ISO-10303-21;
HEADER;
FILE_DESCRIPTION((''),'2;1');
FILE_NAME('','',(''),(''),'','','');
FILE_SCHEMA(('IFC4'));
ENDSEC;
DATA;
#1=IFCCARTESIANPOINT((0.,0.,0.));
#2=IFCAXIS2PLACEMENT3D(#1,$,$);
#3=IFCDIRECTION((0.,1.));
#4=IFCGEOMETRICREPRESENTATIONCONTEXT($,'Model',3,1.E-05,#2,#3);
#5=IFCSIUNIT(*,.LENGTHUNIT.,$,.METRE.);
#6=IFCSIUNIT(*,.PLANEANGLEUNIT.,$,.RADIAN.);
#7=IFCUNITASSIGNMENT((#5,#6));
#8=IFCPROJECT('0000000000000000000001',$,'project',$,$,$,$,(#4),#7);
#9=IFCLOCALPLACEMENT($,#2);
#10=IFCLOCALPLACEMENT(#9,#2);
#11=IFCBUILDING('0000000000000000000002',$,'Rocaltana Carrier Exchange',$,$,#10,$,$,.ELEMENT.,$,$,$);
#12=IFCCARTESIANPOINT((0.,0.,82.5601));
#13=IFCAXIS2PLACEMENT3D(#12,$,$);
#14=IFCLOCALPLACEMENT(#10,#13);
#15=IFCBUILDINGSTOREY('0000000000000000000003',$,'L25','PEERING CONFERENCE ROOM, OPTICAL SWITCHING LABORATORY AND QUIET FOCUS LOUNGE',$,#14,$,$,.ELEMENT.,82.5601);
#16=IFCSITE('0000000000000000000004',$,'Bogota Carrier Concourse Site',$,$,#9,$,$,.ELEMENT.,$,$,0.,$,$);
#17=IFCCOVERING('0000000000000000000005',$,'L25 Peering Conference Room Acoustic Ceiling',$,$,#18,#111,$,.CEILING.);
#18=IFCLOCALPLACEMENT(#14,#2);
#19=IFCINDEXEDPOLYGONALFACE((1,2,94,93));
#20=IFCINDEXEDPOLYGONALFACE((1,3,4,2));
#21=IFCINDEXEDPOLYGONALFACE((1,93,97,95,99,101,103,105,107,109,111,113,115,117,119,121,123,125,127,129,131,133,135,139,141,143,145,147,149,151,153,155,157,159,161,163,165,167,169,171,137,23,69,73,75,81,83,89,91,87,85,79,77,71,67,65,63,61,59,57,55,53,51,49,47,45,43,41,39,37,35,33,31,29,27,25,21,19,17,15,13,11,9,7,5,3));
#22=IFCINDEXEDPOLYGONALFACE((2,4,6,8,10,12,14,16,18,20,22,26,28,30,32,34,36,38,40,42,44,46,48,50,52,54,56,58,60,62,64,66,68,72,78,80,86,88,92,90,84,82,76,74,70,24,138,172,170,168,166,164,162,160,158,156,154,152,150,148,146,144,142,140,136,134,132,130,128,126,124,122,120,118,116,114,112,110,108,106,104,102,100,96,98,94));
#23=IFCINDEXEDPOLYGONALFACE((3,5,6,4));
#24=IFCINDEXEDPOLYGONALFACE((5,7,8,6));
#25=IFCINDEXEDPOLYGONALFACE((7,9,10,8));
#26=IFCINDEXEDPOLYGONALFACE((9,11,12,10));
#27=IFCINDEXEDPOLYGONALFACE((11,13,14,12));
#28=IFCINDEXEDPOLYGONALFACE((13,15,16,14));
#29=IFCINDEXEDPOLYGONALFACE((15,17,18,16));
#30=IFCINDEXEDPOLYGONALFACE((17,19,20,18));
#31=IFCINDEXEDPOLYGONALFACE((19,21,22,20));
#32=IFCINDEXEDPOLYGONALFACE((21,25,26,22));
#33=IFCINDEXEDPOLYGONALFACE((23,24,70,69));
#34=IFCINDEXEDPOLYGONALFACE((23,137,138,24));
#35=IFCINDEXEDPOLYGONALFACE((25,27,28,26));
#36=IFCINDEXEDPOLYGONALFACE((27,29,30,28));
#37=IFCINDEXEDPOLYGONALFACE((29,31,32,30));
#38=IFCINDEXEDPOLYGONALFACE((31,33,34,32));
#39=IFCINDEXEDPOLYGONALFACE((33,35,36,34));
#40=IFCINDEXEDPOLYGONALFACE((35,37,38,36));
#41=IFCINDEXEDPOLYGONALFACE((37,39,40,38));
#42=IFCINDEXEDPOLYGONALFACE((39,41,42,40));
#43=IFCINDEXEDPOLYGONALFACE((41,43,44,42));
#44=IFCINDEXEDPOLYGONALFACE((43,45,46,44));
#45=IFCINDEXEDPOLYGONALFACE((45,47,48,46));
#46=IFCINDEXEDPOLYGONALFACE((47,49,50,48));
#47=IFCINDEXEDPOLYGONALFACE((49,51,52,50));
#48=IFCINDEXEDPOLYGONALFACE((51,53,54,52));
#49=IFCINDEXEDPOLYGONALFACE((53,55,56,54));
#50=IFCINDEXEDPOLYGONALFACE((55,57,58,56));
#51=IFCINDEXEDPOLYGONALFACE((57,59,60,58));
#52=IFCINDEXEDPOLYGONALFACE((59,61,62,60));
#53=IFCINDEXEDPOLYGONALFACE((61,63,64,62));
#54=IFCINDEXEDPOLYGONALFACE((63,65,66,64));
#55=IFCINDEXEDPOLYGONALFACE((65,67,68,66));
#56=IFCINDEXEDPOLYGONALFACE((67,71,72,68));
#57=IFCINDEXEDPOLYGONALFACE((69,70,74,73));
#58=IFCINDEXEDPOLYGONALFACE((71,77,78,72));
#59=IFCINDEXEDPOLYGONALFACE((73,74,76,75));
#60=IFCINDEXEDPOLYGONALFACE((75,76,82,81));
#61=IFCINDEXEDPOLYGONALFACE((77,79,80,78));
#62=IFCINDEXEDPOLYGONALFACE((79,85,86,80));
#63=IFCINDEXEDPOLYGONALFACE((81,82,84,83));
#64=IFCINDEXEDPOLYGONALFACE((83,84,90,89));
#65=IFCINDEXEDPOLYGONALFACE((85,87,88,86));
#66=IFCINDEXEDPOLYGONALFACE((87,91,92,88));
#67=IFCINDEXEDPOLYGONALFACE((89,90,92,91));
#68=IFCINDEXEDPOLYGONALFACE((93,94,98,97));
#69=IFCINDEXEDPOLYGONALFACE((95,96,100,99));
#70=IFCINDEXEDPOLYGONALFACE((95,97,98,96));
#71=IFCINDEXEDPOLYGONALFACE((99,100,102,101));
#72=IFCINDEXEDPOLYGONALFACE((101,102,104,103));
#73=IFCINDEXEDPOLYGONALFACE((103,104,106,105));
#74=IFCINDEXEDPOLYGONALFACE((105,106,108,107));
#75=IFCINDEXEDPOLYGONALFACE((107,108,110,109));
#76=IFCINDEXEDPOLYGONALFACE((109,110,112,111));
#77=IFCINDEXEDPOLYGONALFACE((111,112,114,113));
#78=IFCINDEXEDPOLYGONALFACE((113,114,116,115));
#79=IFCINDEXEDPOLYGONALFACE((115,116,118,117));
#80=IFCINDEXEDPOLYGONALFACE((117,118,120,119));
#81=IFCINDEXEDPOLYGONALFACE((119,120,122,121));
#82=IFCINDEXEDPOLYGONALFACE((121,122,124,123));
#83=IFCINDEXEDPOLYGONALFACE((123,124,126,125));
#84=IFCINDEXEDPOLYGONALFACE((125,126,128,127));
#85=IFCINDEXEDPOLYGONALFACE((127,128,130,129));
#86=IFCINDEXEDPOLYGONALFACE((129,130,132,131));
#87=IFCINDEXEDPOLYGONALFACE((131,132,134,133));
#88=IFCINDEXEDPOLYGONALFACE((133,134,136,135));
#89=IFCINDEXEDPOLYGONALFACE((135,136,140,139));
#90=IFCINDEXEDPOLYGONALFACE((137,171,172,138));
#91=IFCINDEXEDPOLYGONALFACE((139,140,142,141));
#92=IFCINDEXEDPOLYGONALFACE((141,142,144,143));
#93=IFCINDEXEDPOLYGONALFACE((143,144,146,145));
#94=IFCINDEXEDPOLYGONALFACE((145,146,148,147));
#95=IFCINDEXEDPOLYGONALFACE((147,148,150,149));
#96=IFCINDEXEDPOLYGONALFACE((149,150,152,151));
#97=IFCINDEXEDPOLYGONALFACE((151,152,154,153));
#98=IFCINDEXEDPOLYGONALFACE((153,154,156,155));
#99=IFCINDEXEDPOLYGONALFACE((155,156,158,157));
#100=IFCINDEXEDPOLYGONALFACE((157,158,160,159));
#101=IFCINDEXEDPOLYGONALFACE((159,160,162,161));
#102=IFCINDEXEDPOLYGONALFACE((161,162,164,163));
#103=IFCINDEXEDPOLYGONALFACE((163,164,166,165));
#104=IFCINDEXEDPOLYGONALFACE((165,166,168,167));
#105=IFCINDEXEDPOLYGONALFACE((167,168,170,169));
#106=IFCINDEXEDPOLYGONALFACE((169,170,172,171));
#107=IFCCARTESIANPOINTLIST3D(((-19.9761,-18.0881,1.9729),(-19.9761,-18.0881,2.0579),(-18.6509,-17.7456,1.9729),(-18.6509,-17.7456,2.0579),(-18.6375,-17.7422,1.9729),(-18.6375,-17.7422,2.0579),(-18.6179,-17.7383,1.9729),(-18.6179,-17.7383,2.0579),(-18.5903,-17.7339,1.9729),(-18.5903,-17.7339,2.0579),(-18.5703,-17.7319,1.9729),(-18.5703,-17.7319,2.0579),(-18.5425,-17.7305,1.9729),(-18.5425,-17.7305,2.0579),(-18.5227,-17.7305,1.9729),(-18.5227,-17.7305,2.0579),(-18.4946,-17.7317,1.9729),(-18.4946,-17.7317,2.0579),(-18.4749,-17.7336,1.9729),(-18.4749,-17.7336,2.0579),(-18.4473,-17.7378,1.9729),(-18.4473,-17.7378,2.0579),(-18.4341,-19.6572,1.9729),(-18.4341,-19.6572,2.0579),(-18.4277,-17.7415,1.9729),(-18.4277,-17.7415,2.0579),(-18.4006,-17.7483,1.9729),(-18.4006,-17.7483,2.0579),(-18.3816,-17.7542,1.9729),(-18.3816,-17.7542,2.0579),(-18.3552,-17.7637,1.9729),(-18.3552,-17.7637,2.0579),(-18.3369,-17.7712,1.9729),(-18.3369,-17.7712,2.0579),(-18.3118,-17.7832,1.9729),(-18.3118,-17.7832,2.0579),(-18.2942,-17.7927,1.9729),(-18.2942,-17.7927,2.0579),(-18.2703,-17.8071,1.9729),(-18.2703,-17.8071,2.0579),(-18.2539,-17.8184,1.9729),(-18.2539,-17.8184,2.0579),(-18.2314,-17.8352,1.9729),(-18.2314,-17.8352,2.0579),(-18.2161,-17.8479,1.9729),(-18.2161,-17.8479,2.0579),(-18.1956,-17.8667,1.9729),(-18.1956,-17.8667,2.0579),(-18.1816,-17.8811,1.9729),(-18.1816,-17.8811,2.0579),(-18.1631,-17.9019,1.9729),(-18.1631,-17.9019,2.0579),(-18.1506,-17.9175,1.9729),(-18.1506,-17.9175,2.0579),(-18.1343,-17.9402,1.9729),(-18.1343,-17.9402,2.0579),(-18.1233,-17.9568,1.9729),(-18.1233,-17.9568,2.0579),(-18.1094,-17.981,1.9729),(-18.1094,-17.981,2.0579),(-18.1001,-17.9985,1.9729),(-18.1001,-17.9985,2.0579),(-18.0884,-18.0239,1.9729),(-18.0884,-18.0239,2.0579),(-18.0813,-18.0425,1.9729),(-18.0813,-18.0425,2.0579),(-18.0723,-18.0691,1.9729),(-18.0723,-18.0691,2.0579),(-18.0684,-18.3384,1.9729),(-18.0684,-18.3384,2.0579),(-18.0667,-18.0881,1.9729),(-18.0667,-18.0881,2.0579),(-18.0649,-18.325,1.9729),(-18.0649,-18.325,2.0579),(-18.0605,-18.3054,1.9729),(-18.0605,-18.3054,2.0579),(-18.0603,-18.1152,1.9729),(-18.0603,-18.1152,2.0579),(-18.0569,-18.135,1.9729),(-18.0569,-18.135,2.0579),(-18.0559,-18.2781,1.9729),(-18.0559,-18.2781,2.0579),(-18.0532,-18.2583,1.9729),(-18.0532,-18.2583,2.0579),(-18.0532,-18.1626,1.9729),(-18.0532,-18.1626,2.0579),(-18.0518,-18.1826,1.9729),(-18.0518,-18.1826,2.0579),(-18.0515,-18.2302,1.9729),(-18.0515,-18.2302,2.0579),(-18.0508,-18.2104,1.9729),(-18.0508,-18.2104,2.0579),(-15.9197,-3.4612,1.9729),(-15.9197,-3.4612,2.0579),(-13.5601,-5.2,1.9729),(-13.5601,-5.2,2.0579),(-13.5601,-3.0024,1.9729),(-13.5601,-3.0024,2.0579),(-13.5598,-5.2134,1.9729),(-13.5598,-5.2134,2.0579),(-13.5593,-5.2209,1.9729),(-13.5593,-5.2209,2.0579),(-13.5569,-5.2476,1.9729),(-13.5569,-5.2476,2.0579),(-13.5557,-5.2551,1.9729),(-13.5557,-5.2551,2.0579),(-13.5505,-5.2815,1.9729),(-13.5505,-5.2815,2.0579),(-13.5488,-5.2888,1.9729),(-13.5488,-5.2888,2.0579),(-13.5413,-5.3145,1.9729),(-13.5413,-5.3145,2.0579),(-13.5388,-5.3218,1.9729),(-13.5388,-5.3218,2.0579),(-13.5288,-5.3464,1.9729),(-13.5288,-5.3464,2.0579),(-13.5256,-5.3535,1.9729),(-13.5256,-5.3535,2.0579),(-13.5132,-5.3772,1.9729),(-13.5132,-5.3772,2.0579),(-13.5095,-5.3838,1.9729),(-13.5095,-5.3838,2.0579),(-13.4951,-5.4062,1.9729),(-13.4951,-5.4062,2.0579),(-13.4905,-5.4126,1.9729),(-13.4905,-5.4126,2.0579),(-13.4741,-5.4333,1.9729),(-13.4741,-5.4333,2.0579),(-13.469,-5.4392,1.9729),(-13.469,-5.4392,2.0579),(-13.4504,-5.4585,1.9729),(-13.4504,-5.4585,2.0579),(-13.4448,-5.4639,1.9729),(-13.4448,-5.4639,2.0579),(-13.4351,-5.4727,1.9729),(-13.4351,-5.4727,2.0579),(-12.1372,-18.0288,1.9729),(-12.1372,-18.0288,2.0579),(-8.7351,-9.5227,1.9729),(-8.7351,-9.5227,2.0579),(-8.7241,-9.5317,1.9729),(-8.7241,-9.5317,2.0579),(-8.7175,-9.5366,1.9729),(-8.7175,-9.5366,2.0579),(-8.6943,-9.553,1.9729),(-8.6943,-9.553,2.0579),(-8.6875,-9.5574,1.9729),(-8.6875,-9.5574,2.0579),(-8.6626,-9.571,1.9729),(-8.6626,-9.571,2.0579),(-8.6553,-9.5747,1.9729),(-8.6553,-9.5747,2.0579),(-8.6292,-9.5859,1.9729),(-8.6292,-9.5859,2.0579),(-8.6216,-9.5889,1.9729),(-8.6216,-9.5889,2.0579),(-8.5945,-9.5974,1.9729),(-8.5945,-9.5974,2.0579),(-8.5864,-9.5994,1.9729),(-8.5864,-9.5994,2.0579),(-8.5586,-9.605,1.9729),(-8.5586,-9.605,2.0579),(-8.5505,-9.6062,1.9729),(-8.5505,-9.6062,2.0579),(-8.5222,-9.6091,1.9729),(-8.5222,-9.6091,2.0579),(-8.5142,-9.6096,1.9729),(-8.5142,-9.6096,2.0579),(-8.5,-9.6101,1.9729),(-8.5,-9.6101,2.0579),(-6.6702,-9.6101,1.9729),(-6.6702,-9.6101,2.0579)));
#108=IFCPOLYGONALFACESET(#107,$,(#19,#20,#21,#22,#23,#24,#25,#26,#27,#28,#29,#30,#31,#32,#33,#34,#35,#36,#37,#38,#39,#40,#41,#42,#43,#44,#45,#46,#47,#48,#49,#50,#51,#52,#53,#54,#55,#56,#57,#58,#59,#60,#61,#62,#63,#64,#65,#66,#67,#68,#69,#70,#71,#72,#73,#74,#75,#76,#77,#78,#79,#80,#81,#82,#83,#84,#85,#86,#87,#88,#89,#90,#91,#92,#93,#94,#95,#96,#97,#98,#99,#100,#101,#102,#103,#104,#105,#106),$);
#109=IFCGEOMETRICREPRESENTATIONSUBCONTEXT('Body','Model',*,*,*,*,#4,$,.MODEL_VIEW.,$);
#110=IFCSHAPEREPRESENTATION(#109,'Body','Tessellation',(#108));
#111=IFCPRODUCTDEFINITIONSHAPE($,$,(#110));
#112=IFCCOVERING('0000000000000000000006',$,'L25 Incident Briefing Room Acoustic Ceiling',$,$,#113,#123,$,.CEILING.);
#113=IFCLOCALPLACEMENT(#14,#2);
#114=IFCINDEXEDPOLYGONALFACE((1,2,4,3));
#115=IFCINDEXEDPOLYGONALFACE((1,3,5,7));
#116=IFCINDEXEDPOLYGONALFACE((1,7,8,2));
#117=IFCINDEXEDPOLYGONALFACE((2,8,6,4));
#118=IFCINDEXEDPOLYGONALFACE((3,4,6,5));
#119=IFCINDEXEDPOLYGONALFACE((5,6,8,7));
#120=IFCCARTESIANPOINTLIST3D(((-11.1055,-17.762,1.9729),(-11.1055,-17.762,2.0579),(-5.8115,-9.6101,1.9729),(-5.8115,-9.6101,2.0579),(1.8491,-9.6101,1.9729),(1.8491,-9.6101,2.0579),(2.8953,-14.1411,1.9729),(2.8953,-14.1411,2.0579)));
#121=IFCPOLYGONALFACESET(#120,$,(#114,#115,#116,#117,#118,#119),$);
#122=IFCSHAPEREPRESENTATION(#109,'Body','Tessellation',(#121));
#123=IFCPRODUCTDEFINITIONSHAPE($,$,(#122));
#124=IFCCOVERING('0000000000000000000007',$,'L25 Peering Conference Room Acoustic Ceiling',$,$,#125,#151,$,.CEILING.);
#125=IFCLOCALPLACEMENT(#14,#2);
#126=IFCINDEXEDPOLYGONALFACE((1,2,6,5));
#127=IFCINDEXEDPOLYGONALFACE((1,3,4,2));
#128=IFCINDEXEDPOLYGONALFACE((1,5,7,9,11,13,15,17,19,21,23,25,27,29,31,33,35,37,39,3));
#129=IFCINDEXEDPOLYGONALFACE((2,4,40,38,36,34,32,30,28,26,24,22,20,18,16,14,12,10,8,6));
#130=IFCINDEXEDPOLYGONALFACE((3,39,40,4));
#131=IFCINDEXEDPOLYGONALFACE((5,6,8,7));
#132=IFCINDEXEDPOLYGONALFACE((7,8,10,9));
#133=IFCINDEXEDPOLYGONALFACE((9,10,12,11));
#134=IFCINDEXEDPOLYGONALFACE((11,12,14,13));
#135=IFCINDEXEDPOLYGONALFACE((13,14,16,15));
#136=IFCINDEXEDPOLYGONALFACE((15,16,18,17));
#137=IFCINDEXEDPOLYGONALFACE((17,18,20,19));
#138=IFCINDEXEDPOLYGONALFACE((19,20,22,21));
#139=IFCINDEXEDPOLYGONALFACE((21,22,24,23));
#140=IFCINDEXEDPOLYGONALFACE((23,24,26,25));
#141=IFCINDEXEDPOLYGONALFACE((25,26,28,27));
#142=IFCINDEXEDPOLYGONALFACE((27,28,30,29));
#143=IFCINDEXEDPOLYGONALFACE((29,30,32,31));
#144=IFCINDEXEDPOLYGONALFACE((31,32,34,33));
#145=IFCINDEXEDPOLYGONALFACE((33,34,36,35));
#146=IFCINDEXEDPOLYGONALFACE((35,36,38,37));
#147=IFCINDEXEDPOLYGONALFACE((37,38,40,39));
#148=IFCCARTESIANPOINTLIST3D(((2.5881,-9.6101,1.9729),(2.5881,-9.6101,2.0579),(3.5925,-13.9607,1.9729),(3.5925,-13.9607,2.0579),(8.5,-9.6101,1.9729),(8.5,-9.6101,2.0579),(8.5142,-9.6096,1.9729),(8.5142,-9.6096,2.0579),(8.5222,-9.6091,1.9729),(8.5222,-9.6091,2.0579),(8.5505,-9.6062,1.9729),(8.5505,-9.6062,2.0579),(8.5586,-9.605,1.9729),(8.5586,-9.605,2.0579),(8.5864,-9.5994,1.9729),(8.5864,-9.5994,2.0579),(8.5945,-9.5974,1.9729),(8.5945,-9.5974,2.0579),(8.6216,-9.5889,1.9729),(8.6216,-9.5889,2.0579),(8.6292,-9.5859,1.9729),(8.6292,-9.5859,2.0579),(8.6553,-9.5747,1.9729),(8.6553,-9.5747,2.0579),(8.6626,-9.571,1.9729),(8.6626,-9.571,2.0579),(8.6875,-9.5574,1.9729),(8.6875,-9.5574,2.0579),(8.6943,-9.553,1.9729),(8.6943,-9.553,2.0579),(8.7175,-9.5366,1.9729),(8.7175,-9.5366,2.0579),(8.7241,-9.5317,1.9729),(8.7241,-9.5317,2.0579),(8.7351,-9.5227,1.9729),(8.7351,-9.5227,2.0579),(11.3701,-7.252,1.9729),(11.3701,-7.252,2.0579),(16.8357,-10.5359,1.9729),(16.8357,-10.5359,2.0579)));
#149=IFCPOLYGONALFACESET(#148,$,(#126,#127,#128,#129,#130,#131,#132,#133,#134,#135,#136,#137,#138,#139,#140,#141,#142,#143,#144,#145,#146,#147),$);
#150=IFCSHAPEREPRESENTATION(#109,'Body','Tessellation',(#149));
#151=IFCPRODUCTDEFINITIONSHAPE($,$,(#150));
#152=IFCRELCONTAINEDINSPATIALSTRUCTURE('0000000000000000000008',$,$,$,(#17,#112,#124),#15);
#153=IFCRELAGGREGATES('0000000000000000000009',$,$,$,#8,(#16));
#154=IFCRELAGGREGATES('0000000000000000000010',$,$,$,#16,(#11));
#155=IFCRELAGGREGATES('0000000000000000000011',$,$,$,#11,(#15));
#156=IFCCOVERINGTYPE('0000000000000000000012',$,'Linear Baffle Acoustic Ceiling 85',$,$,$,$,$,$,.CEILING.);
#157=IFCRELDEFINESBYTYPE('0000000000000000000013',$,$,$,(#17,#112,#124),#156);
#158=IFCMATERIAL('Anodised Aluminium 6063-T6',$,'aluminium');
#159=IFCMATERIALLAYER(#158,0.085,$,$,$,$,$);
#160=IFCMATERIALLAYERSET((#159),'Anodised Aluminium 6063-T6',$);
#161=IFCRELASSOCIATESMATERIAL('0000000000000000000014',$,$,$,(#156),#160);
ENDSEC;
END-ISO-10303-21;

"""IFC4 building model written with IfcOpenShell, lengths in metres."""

from ifc_helpers import new_model, si_unit, direction, frame, origin, place, context, subcontext, project, spatial, polyline, outline, extrude, material, layer, layer_set, type_object, element, save


model = new_model("IFC4")

# Units and contexts
model_context = context("Model", 3, precision=1e-05, world=origin(), true_north=direction((0.0, 1.0)))
body_context = subcontext(model_context, "Body", "Model", "MODEL_VIEW")
ifc_project = project(units=[si_unit("LENGTHUNIT", "METRE"), si_unit("PLANEANGLEUNIT", "RADIAN")], contexts=[model_context])

# Site, building, storey
site_placement = place(None, origin())
site = spatial("IfcSite", under=ifc_project, at=site_placement, Name="Bogota Carrier Concourse Site", CompositionType="ELEMENT", RefElevation=0.0)
building_placement = place(site_placement, origin())
building = spatial("IfcBuilding", under=site, at=building_placement, Name="Rocaltana Carrier Exchange", CompositionType="ELEMENT")
storey_placement = place(building_placement, frame((0.0, 0.0, 82.5601)))
storey = spatial("IfcBuildingStorey", under=building, at=storey_placement, Name="L25", Description="PEERING CONFERENCE ROOM, OPTICAL SWITCHING LABORATORY AND QUIET FOCUS LOUNGE", CompositionType="ELEMENT", Elevation=82.5601)

# Coverings
ifc_material_1 = material(Name="Anodised Aluminium 6063-T6", Category="aluminium")
ifc_layer_1 = layer(ifc_material_1, 0.085)
ifc_layer_set_1 = layer_set([ifc_layer_1], Name="Anodised Aluminium 6063-T6")
covering_type_1 = type_object("IfcCoveringType", Name="Linear Baffle Acoustic Ceiling 85", PredefinedType="CEILING", material=ifc_layer_set_1)
covering_1_placement = place(storey_placement, frame((0.0, 0.0, 1.9729)))
element("IfcCovering", 1, at=covering_1_placement, inside=storey, type_object=covering_type_1, Name="L25 Peering Conference Room Acoustic Ceiling", PredefinedType="CEILING", context=body_context, shape_type="SweptSolid", body=[
    extrude(outline(polyline([(-18.0684, -18.3384), (-18.0649, -18.325), (-18.0605, -18.3054), (-18.0559, -18.2781), (-18.0532, -18.2583), (-18.0515, -18.2302), (-18.0508, -18.2104), (-18.0518, -18.1826), (-18.0532, -18.1626), (-18.0569, -18.135), (-18.0603, -18.1152), (-18.0667, -18.0881), (-18.0723, -18.0691), (-18.0813, -18.0425), (-18.0884, -18.0239), (-18.1001, -17.9985), (-18.1094, -17.981), (-18.1233, -17.9568), (-18.1343, -17.9402), (-18.1506, -17.9175), (-18.1631, -17.9019), (-18.1816, -17.8811), (-18.1956, -17.8667), (-18.2161, -17.8479), (-18.2314, -17.8352), (-18.2539, -17.8184), (-18.2703, -17.8071), (-18.2942, -17.7927), (-18.3118, -17.7832), (-18.3369, -17.7712), (-18.3552, -17.7637), (-18.3816, -17.7542), (-18.4006, -17.7483), (-18.4277, -17.7415), (-18.4473, -17.7378), (-18.4749, -17.7336), (-18.4946, -17.7317), (-18.5227, -17.7305), (-18.5425, -17.7305), (-18.5703, -17.7319), (-18.5903, -17.7339), (-18.6179, -17.7383), (-18.6375, -17.7422), (-18.6509, -17.7456), (-19.9761, -18.0881), (-15.9197, -3.4612), (-13.5601, -3.0024), (-13.5601, -5.2), (-13.5598, -5.2134), (-13.5593, -5.2209), (-13.5569, -5.2476), (-13.5557, -5.2551), (-13.5505, -5.2815), (-13.5488, -5.2888), (-13.5413, -5.3145), (-13.5388, -5.3218), (-13.5288, -5.3464), (-13.5256, -5.3535), (-13.5132, -5.3772), (-13.5095, -5.3838), (-13.4951, -5.4062), (-13.4905, -5.4126), (-13.4741, -5.4333), (-13.469, -5.4392), (-13.4504, -5.4585), (-13.4448, -5.4639), (-13.4351, -5.4727), (-8.7351, -9.5227), (-8.7241, -9.5317), (-8.7175, -9.5366), (-8.6943, -9.553), (-8.6875, -9.5574), (-8.6626, -9.571), (-8.6553, -9.5747), (-8.6292, -9.5859), (-8.6216, -9.5889), (-8.5945, -9.5974), (-8.5864, -9.5994), (-8.5586, -9.605), (-8.5505, -9.6062), (-8.5222, -9.6091), (-8.5142, -9.6096), (-8.5, -9.6101), (-6.6702, -9.6101), (-12.1372, -18.0288), (-18.4341, -19.6572), (-18.0684, -18.3384)])), origin(), (0.0, 0.0, 1.0), 0.085),
])
covering_2_placement = place(storey_placement, frame((0.0, 0.0, 1.9729)))
element("IfcCovering", 2, at=covering_2_placement, inside=storey, type_object=covering_type_1, Name="L25 Incident Briefing Room Acoustic Ceiling", PredefinedType="CEILING", context=body_context, shape_type="SweptSolid", body=[
    extrude(outline(polyline([(-11.1055, -17.762), (-5.8115, -9.6101), (1.8491, -9.6101), (2.8953, -14.1411), (-11.1055, -17.762)])), origin(), (0.0, 0.0, 1.0), 0.085),
])
covering_3_placement = place(storey_placement, frame((0.0, 0.0, 1.9729)))
element("IfcCovering", 3, at=covering_3_placement, inside=storey, type_object=covering_type_1, Name="L25 Peering Conference Room Acoustic Ceiling", PredefinedType="CEILING", context=body_context, shape_type="SweptSolid", body=[
    extrude(outline(polyline([(3.5925, -13.9607), (2.5881, -9.6101), (8.5, -9.6101), (8.5142, -9.6096), (8.5222, -9.6091), (8.5505, -9.6062), (8.5586, -9.605), (8.5864, -9.5994), (8.5945, -9.5974), (8.6216, -9.5889), (8.6292, -9.5859), (8.6553, -9.5747), (8.6626, -9.571), (8.6875, -9.5574), (8.6943, -9.553), (8.7175, -9.5366), (8.7241, -9.5317), (8.7351, -9.5227), (11.3701, -7.252), (16.8357, -10.5359), (3.5925, -13.9607)])), origin(), (0.0, 0.0, 1.0), 0.085),
])

save(model, "model.ifc")
